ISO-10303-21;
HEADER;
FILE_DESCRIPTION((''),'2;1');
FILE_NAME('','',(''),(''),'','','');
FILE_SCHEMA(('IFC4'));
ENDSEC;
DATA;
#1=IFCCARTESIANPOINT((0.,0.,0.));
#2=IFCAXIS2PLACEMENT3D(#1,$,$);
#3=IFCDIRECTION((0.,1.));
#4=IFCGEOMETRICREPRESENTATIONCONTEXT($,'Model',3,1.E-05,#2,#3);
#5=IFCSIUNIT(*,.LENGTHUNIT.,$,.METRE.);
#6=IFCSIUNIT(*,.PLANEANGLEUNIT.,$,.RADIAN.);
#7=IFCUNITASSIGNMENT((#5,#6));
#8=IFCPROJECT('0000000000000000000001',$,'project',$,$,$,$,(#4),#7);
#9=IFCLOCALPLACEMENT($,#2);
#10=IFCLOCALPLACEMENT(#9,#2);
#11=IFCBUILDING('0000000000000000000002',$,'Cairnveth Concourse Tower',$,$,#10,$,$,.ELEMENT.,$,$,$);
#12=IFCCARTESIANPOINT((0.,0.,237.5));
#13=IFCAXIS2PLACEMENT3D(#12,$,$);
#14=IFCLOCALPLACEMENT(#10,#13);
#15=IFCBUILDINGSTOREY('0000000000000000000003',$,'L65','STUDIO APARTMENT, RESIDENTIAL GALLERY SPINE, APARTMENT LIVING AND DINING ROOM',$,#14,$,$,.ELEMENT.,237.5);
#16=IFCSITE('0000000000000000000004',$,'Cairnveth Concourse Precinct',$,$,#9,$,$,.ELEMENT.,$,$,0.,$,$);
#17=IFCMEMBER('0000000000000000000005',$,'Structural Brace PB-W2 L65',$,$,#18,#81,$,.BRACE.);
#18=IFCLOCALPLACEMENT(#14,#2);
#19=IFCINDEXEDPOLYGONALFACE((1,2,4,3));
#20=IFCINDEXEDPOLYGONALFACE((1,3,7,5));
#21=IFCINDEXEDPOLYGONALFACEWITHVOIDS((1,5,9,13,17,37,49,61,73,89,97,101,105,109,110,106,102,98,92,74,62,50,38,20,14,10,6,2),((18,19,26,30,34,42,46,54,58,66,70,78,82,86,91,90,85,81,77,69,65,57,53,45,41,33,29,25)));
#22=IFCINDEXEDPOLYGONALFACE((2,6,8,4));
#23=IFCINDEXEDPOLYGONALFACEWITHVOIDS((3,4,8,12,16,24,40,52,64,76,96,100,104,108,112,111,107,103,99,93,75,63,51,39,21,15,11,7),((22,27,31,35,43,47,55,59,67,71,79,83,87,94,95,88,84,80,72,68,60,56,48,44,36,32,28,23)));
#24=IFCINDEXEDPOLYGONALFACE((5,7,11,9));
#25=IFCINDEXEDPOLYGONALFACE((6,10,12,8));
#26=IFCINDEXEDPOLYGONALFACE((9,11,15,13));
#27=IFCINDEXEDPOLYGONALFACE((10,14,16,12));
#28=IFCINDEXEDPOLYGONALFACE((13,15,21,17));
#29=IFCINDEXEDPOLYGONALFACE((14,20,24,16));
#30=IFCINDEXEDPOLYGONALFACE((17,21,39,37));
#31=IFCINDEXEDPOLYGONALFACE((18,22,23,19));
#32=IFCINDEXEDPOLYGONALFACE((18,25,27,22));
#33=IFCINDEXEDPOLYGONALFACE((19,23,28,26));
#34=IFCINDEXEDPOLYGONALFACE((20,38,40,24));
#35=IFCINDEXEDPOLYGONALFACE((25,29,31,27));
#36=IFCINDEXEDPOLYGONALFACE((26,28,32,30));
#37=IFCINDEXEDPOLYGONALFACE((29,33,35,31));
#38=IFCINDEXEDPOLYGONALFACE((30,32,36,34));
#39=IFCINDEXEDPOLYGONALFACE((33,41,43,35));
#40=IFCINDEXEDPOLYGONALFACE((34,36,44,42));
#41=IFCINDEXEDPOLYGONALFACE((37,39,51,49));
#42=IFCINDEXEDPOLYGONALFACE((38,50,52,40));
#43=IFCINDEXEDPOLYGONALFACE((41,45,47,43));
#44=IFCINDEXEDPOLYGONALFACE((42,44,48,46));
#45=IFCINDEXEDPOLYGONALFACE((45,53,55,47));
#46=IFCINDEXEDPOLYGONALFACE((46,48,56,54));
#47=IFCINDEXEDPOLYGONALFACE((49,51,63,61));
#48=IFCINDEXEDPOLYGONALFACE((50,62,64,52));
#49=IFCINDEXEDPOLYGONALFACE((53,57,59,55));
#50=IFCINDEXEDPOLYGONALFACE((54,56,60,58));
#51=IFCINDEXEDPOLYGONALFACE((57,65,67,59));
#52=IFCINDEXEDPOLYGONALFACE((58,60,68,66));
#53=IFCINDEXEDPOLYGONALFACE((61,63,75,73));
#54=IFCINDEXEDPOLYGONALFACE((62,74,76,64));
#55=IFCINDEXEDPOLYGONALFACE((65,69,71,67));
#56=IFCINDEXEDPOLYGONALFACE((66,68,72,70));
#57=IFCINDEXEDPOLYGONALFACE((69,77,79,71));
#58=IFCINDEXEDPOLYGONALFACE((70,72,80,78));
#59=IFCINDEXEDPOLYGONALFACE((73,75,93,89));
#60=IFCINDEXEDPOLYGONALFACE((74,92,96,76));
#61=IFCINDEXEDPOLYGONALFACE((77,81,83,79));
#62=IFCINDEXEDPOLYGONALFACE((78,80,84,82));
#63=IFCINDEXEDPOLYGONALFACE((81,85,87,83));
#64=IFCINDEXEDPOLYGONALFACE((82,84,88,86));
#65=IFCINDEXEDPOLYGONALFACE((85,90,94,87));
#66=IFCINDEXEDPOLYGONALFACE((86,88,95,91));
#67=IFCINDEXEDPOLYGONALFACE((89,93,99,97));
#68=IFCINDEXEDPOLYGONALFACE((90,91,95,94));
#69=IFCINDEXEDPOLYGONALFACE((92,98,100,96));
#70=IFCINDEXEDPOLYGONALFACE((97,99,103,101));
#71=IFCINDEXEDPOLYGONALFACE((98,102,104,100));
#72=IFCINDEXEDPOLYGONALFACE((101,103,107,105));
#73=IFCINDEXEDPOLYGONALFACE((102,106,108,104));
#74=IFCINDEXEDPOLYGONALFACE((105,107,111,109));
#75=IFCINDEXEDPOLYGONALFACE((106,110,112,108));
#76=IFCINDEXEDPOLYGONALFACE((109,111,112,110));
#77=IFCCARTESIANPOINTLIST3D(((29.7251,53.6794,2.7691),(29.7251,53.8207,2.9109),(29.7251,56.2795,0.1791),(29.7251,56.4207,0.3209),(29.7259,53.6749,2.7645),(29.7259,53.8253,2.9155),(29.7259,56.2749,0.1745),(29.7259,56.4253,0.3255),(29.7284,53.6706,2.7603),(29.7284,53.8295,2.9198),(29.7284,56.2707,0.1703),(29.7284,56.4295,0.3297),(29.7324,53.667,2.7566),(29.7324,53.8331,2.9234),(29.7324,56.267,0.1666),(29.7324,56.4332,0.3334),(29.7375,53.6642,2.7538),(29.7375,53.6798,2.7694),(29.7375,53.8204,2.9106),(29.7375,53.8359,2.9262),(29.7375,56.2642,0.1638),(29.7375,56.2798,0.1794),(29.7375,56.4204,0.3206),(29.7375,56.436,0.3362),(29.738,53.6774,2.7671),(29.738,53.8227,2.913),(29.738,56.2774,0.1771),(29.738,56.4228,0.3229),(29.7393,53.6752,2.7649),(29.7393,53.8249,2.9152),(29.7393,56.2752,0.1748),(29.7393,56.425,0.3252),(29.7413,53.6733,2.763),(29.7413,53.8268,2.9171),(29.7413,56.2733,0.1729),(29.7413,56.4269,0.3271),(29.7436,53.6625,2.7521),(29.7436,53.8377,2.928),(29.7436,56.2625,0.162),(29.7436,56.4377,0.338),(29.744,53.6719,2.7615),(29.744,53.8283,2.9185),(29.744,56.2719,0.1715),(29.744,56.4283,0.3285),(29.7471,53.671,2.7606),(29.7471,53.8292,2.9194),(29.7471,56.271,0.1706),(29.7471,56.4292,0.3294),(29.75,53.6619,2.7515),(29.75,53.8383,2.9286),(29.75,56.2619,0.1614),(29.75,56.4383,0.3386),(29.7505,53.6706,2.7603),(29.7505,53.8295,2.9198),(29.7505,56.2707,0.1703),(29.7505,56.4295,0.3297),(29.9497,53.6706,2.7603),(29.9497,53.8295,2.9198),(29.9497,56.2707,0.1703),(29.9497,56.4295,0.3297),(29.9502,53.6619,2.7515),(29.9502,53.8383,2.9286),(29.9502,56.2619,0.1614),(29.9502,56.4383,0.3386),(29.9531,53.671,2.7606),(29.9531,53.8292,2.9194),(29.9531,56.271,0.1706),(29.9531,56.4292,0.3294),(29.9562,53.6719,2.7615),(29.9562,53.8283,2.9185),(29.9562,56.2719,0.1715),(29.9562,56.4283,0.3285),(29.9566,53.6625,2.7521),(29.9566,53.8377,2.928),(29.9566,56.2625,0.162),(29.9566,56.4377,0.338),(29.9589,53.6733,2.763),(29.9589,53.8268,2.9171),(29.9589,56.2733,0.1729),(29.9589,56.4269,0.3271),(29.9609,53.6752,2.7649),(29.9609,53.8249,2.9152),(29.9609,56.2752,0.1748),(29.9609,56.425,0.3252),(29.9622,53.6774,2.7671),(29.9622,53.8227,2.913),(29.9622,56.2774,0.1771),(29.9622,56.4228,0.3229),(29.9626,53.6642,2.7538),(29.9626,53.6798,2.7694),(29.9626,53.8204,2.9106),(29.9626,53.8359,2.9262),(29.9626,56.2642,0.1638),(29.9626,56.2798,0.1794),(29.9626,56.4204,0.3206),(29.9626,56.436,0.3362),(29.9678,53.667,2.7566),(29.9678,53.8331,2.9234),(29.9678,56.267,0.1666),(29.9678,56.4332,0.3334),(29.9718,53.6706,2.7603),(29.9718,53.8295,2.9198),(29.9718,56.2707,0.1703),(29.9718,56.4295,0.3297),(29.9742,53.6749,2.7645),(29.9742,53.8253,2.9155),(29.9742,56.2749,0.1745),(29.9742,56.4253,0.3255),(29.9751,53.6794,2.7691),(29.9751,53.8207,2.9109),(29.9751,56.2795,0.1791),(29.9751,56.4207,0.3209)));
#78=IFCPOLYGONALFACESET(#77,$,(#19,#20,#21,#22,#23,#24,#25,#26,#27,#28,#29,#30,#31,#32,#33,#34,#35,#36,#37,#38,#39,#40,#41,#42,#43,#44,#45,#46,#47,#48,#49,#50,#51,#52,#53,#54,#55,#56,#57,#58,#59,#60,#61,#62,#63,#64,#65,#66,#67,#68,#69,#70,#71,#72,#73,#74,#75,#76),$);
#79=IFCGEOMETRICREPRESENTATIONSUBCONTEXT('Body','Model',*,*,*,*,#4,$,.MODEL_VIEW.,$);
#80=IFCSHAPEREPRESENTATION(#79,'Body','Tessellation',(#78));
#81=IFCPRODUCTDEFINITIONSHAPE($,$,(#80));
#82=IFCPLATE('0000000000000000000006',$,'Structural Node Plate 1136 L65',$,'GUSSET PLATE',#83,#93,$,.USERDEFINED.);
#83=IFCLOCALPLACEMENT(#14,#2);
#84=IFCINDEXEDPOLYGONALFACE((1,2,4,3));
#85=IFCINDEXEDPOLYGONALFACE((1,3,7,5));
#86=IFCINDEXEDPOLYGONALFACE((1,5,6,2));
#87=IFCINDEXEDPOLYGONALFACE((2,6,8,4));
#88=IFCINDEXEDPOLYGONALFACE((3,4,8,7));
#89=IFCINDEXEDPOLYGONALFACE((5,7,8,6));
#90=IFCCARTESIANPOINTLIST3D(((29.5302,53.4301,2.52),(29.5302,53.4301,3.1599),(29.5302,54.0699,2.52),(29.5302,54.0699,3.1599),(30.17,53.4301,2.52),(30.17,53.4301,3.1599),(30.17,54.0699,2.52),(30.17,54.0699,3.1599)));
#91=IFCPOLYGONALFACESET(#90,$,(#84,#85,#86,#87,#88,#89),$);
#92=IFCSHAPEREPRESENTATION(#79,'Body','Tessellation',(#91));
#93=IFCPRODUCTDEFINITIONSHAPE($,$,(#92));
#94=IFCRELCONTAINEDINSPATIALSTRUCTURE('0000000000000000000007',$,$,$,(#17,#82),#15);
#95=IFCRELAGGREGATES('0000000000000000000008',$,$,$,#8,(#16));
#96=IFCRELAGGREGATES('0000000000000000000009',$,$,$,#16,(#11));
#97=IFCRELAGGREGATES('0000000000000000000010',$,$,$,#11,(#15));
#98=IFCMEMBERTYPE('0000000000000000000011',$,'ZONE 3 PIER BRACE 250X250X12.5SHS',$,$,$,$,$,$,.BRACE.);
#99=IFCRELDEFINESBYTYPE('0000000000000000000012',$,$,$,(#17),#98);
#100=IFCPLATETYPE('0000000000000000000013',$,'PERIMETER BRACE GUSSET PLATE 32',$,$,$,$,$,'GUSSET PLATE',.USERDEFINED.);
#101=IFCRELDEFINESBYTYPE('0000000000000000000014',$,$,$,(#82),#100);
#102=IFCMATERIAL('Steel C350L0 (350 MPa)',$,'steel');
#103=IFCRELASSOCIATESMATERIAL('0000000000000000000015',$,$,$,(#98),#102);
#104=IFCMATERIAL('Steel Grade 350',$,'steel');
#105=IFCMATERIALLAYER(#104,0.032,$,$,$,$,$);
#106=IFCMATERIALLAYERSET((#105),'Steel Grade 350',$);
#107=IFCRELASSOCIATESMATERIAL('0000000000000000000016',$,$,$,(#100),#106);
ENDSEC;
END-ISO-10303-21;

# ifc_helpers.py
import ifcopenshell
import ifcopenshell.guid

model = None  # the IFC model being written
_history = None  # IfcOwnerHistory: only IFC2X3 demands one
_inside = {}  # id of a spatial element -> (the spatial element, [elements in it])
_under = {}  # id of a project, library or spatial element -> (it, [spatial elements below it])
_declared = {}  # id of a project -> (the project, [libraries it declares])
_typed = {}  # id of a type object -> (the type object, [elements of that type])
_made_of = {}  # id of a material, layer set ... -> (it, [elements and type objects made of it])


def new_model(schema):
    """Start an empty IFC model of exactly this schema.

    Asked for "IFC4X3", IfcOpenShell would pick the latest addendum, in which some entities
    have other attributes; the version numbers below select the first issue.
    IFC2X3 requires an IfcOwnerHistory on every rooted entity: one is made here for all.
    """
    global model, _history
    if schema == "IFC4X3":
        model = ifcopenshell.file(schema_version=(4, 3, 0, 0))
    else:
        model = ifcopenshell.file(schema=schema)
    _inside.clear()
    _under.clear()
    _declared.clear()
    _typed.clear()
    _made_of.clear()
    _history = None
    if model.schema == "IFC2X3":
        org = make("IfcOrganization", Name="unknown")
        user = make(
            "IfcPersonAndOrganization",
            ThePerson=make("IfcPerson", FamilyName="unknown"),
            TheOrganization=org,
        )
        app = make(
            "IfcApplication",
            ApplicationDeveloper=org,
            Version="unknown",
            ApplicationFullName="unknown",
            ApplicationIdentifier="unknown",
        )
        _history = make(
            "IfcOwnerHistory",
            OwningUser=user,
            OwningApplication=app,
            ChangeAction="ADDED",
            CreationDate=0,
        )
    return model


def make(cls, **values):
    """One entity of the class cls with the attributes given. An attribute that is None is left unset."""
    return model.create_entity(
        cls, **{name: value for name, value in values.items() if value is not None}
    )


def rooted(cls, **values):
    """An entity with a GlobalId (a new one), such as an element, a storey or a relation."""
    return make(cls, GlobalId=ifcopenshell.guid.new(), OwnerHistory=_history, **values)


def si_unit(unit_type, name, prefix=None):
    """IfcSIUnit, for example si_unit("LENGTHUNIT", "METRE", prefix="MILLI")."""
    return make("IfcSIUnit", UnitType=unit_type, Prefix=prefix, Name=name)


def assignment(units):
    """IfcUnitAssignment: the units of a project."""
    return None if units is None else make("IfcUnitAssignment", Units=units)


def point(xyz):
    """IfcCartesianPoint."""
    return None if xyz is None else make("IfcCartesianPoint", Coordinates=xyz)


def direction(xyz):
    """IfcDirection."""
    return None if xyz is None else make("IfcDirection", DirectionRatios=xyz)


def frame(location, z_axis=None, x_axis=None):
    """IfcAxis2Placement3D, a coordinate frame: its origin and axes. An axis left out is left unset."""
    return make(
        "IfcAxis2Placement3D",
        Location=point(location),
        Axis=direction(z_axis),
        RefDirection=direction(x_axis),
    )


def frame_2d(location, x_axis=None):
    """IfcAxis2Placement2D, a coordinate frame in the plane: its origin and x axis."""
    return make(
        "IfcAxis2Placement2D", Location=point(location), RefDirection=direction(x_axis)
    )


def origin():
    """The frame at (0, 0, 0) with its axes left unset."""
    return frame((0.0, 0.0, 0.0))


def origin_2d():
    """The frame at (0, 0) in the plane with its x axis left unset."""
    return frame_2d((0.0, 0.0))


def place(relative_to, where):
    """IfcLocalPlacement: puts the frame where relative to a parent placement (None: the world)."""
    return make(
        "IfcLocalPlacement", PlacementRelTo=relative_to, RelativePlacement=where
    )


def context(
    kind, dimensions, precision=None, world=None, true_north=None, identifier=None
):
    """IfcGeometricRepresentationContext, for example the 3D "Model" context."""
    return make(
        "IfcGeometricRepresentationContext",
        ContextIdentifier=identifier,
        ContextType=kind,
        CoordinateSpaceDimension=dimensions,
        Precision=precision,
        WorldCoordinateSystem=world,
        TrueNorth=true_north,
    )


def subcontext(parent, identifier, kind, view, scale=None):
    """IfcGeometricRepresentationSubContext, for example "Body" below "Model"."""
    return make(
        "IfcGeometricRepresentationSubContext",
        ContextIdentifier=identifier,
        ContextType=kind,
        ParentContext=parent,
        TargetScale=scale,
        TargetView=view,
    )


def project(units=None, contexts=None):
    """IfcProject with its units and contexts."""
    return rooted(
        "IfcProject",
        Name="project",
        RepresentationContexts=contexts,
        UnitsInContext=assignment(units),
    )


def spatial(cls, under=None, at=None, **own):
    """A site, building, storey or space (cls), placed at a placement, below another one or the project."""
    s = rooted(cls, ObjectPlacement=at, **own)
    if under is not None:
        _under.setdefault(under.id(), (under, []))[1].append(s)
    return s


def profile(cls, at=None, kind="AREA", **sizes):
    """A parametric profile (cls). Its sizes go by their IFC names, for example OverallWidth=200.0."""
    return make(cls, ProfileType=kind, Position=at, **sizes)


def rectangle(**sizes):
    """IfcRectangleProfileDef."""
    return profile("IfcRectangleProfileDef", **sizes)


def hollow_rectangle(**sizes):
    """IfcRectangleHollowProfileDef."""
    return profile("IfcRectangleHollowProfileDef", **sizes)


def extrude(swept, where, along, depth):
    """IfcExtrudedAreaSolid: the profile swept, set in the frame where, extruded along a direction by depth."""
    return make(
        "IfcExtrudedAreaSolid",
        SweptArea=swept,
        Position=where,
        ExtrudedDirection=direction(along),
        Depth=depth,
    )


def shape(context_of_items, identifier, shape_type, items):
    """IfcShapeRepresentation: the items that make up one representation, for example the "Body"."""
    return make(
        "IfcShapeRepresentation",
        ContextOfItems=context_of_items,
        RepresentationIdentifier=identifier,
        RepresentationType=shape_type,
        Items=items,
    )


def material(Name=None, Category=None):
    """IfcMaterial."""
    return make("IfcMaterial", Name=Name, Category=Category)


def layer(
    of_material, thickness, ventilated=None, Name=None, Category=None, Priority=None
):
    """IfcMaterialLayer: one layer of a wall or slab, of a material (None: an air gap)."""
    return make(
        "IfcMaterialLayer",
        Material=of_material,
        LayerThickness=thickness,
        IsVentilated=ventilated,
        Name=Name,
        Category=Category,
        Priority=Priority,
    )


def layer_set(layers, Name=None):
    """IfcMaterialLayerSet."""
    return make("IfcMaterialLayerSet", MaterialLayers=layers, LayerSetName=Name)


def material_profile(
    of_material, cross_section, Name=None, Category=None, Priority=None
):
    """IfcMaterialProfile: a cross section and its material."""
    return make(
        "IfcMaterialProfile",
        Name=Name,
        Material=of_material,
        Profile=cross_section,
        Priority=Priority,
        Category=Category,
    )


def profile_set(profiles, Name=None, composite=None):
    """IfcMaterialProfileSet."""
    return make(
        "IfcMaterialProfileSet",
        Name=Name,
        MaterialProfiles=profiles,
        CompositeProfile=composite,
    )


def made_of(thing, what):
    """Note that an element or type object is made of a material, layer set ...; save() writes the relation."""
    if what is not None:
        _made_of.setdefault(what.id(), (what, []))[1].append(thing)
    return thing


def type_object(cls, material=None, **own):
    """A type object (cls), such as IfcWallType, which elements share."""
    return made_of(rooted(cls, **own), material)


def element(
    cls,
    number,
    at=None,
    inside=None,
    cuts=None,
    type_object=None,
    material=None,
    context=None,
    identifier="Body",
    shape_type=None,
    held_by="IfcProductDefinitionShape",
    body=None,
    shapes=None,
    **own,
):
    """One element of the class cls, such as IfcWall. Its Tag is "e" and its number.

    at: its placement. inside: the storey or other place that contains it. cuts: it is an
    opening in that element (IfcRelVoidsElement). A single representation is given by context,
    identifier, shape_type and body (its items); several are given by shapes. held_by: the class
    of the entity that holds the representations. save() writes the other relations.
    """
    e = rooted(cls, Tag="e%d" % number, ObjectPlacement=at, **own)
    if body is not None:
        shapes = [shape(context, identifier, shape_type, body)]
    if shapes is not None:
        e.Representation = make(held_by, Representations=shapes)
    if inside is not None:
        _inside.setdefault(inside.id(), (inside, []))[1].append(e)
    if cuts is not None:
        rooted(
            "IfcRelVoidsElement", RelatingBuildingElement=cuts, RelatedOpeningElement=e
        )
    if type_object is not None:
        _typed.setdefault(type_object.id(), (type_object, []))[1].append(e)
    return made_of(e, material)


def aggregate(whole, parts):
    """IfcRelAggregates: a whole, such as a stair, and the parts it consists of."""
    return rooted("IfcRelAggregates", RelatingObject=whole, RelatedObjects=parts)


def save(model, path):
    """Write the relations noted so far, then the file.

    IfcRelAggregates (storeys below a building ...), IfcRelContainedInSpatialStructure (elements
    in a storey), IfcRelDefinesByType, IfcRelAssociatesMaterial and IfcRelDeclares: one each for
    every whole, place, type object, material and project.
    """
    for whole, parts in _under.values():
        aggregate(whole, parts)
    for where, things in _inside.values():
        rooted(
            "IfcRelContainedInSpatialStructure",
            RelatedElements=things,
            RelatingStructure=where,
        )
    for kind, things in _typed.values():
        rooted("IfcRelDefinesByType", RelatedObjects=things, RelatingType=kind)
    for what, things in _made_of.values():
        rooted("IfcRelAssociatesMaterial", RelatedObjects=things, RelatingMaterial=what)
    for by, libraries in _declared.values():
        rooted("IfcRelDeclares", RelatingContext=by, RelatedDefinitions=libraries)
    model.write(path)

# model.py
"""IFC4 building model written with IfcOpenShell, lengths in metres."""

from ifc_helpers import new_model, si_unit, direction, frame, origin, origin_2d, place, context, subcontext, project, spatial, rectangle, hollow_rectangle, extrude, material, layer, layer_set, material_profile, profile_set, type_object, element, save


model = new_model("IFC4")

# Units and contexts
model_context = context("Model", 3, precision=1e-05, world=origin(), true_north=direction((0.0, 1.0)))
body_context = subcontext(model_context, "Body", "Model", "MODEL_VIEW")
ifc_project = project(units=[si_unit("LENGTHUNIT", "METRE"), si_unit("PLANEANGLEUNIT", "RADIAN")], contexts=[model_context])

# Site, building, storey
site_placement = place(None, origin())
site = spatial("IfcSite", under=ifc_project, at=site_placement, Name="Cairnveth Concourse Precinct", CompositionType="ELEMENT", RefElevation=0.0)
building_placement = place(site_placement, origin())
building = spatial("IfcBuilding", under=site, at=building_placement, Name="Cairnveth Concourse Tower", CompositionType="ELEMENT")
storey_placement = place(building_placement, frame((0.0, 0.0, 237.5)))
storey = spatial("IfcBuildingStorey", under=building, at=storey_placement, Name="L65", Description="STUDIO APARTMENT, RESIDENTIAL GALLERY SPINE, APARTMENT LIVING AND DINING ROOM", CompositionType="ELEMENT", Elevation=237.5)

# Member
ifc_material_1 = material(Name="Steel C350L0 (350 MPa)", Category="steel")
ifc_material_profile = material_profile(ifc_material_1, hollow_rectangle(XDim=0.25, YDim=0.25, WallThickness=0.0125, InnerFilletRadius=0.0129, OuterFilletRadius=0.0249, at=origin_2d()), Name="250x250x12.5SHS")
ifc_profile_set = profile_set([ifc_material_profile], Name="Steel C350L0 (350 MPa)")
member_type = type_object("IfcMemberType", Name="ZONE 3 PIER BRACE 250X250X12.5SHS", PredefinedType="BRACE", material=ifc_profile_set)
member_placement = place(storey_placement, frame((29.8501, 56.3501, 0.25), z_axis=(0.0, -0.708469, 0.705742), x_axis=(1.0, 0.0, 0.0)))
element("IfcMember", 1, at=member_placement, inside=storey, type_object=member_type, Name="Structural Brace PB-W2 L65", PredefinedType="BRACE", context=body_context, shape_type="SweptSolid", body=[
    extrude(hollow_rectangle(XDim=0.25, YDim=0.25, WallThickness=0.0125, InnerFilletRadius=0.0129, OuterFilletRadius=0.0249, at=origin_2d()), origin(), (0.0, 0.0, 1.0), 3.6699),
])

# Plate
ifc_material_2 = material(Name="Steel Grade 350", Category="steel")
ifc_layer_1 = layer(ifc_material_2, 0.032)
ifc_layer_set_1 = layer_set([ifc_layer_1], Name="Steel Grade 350")
plate_type = type_object("IfcPlateType", Name="PERIMETER BRACE GUSSET PLATE 32", ElementType="GUSSET PLATE", PredefinedType="USERDEFINED", material=ifc_layer_set_1)
plate_placement = place(storey_placement, frame((29.8501, 53.75, 2.52), z_axis=(0.0, 0.0, 1.0), x_axis=(1.0, 0.0, 0.0)))
element("IfcPlate", 2, at=plate_placement, inside=storey, type_object=plate_type, Name="Structural Node Plate 1136 L65", ObjectType="GUSSET PLATE", PredefinedType="USERDEFINED", context=body_context, shape_type="SweptSolid", body=[
    extrude(rectangle(XDim=0.6399, YDim=0.6399, at=origin_2d()), origin(), (0.0, 0.0, 1.0), 0.6399),
])

save(model, "model.ifc")
